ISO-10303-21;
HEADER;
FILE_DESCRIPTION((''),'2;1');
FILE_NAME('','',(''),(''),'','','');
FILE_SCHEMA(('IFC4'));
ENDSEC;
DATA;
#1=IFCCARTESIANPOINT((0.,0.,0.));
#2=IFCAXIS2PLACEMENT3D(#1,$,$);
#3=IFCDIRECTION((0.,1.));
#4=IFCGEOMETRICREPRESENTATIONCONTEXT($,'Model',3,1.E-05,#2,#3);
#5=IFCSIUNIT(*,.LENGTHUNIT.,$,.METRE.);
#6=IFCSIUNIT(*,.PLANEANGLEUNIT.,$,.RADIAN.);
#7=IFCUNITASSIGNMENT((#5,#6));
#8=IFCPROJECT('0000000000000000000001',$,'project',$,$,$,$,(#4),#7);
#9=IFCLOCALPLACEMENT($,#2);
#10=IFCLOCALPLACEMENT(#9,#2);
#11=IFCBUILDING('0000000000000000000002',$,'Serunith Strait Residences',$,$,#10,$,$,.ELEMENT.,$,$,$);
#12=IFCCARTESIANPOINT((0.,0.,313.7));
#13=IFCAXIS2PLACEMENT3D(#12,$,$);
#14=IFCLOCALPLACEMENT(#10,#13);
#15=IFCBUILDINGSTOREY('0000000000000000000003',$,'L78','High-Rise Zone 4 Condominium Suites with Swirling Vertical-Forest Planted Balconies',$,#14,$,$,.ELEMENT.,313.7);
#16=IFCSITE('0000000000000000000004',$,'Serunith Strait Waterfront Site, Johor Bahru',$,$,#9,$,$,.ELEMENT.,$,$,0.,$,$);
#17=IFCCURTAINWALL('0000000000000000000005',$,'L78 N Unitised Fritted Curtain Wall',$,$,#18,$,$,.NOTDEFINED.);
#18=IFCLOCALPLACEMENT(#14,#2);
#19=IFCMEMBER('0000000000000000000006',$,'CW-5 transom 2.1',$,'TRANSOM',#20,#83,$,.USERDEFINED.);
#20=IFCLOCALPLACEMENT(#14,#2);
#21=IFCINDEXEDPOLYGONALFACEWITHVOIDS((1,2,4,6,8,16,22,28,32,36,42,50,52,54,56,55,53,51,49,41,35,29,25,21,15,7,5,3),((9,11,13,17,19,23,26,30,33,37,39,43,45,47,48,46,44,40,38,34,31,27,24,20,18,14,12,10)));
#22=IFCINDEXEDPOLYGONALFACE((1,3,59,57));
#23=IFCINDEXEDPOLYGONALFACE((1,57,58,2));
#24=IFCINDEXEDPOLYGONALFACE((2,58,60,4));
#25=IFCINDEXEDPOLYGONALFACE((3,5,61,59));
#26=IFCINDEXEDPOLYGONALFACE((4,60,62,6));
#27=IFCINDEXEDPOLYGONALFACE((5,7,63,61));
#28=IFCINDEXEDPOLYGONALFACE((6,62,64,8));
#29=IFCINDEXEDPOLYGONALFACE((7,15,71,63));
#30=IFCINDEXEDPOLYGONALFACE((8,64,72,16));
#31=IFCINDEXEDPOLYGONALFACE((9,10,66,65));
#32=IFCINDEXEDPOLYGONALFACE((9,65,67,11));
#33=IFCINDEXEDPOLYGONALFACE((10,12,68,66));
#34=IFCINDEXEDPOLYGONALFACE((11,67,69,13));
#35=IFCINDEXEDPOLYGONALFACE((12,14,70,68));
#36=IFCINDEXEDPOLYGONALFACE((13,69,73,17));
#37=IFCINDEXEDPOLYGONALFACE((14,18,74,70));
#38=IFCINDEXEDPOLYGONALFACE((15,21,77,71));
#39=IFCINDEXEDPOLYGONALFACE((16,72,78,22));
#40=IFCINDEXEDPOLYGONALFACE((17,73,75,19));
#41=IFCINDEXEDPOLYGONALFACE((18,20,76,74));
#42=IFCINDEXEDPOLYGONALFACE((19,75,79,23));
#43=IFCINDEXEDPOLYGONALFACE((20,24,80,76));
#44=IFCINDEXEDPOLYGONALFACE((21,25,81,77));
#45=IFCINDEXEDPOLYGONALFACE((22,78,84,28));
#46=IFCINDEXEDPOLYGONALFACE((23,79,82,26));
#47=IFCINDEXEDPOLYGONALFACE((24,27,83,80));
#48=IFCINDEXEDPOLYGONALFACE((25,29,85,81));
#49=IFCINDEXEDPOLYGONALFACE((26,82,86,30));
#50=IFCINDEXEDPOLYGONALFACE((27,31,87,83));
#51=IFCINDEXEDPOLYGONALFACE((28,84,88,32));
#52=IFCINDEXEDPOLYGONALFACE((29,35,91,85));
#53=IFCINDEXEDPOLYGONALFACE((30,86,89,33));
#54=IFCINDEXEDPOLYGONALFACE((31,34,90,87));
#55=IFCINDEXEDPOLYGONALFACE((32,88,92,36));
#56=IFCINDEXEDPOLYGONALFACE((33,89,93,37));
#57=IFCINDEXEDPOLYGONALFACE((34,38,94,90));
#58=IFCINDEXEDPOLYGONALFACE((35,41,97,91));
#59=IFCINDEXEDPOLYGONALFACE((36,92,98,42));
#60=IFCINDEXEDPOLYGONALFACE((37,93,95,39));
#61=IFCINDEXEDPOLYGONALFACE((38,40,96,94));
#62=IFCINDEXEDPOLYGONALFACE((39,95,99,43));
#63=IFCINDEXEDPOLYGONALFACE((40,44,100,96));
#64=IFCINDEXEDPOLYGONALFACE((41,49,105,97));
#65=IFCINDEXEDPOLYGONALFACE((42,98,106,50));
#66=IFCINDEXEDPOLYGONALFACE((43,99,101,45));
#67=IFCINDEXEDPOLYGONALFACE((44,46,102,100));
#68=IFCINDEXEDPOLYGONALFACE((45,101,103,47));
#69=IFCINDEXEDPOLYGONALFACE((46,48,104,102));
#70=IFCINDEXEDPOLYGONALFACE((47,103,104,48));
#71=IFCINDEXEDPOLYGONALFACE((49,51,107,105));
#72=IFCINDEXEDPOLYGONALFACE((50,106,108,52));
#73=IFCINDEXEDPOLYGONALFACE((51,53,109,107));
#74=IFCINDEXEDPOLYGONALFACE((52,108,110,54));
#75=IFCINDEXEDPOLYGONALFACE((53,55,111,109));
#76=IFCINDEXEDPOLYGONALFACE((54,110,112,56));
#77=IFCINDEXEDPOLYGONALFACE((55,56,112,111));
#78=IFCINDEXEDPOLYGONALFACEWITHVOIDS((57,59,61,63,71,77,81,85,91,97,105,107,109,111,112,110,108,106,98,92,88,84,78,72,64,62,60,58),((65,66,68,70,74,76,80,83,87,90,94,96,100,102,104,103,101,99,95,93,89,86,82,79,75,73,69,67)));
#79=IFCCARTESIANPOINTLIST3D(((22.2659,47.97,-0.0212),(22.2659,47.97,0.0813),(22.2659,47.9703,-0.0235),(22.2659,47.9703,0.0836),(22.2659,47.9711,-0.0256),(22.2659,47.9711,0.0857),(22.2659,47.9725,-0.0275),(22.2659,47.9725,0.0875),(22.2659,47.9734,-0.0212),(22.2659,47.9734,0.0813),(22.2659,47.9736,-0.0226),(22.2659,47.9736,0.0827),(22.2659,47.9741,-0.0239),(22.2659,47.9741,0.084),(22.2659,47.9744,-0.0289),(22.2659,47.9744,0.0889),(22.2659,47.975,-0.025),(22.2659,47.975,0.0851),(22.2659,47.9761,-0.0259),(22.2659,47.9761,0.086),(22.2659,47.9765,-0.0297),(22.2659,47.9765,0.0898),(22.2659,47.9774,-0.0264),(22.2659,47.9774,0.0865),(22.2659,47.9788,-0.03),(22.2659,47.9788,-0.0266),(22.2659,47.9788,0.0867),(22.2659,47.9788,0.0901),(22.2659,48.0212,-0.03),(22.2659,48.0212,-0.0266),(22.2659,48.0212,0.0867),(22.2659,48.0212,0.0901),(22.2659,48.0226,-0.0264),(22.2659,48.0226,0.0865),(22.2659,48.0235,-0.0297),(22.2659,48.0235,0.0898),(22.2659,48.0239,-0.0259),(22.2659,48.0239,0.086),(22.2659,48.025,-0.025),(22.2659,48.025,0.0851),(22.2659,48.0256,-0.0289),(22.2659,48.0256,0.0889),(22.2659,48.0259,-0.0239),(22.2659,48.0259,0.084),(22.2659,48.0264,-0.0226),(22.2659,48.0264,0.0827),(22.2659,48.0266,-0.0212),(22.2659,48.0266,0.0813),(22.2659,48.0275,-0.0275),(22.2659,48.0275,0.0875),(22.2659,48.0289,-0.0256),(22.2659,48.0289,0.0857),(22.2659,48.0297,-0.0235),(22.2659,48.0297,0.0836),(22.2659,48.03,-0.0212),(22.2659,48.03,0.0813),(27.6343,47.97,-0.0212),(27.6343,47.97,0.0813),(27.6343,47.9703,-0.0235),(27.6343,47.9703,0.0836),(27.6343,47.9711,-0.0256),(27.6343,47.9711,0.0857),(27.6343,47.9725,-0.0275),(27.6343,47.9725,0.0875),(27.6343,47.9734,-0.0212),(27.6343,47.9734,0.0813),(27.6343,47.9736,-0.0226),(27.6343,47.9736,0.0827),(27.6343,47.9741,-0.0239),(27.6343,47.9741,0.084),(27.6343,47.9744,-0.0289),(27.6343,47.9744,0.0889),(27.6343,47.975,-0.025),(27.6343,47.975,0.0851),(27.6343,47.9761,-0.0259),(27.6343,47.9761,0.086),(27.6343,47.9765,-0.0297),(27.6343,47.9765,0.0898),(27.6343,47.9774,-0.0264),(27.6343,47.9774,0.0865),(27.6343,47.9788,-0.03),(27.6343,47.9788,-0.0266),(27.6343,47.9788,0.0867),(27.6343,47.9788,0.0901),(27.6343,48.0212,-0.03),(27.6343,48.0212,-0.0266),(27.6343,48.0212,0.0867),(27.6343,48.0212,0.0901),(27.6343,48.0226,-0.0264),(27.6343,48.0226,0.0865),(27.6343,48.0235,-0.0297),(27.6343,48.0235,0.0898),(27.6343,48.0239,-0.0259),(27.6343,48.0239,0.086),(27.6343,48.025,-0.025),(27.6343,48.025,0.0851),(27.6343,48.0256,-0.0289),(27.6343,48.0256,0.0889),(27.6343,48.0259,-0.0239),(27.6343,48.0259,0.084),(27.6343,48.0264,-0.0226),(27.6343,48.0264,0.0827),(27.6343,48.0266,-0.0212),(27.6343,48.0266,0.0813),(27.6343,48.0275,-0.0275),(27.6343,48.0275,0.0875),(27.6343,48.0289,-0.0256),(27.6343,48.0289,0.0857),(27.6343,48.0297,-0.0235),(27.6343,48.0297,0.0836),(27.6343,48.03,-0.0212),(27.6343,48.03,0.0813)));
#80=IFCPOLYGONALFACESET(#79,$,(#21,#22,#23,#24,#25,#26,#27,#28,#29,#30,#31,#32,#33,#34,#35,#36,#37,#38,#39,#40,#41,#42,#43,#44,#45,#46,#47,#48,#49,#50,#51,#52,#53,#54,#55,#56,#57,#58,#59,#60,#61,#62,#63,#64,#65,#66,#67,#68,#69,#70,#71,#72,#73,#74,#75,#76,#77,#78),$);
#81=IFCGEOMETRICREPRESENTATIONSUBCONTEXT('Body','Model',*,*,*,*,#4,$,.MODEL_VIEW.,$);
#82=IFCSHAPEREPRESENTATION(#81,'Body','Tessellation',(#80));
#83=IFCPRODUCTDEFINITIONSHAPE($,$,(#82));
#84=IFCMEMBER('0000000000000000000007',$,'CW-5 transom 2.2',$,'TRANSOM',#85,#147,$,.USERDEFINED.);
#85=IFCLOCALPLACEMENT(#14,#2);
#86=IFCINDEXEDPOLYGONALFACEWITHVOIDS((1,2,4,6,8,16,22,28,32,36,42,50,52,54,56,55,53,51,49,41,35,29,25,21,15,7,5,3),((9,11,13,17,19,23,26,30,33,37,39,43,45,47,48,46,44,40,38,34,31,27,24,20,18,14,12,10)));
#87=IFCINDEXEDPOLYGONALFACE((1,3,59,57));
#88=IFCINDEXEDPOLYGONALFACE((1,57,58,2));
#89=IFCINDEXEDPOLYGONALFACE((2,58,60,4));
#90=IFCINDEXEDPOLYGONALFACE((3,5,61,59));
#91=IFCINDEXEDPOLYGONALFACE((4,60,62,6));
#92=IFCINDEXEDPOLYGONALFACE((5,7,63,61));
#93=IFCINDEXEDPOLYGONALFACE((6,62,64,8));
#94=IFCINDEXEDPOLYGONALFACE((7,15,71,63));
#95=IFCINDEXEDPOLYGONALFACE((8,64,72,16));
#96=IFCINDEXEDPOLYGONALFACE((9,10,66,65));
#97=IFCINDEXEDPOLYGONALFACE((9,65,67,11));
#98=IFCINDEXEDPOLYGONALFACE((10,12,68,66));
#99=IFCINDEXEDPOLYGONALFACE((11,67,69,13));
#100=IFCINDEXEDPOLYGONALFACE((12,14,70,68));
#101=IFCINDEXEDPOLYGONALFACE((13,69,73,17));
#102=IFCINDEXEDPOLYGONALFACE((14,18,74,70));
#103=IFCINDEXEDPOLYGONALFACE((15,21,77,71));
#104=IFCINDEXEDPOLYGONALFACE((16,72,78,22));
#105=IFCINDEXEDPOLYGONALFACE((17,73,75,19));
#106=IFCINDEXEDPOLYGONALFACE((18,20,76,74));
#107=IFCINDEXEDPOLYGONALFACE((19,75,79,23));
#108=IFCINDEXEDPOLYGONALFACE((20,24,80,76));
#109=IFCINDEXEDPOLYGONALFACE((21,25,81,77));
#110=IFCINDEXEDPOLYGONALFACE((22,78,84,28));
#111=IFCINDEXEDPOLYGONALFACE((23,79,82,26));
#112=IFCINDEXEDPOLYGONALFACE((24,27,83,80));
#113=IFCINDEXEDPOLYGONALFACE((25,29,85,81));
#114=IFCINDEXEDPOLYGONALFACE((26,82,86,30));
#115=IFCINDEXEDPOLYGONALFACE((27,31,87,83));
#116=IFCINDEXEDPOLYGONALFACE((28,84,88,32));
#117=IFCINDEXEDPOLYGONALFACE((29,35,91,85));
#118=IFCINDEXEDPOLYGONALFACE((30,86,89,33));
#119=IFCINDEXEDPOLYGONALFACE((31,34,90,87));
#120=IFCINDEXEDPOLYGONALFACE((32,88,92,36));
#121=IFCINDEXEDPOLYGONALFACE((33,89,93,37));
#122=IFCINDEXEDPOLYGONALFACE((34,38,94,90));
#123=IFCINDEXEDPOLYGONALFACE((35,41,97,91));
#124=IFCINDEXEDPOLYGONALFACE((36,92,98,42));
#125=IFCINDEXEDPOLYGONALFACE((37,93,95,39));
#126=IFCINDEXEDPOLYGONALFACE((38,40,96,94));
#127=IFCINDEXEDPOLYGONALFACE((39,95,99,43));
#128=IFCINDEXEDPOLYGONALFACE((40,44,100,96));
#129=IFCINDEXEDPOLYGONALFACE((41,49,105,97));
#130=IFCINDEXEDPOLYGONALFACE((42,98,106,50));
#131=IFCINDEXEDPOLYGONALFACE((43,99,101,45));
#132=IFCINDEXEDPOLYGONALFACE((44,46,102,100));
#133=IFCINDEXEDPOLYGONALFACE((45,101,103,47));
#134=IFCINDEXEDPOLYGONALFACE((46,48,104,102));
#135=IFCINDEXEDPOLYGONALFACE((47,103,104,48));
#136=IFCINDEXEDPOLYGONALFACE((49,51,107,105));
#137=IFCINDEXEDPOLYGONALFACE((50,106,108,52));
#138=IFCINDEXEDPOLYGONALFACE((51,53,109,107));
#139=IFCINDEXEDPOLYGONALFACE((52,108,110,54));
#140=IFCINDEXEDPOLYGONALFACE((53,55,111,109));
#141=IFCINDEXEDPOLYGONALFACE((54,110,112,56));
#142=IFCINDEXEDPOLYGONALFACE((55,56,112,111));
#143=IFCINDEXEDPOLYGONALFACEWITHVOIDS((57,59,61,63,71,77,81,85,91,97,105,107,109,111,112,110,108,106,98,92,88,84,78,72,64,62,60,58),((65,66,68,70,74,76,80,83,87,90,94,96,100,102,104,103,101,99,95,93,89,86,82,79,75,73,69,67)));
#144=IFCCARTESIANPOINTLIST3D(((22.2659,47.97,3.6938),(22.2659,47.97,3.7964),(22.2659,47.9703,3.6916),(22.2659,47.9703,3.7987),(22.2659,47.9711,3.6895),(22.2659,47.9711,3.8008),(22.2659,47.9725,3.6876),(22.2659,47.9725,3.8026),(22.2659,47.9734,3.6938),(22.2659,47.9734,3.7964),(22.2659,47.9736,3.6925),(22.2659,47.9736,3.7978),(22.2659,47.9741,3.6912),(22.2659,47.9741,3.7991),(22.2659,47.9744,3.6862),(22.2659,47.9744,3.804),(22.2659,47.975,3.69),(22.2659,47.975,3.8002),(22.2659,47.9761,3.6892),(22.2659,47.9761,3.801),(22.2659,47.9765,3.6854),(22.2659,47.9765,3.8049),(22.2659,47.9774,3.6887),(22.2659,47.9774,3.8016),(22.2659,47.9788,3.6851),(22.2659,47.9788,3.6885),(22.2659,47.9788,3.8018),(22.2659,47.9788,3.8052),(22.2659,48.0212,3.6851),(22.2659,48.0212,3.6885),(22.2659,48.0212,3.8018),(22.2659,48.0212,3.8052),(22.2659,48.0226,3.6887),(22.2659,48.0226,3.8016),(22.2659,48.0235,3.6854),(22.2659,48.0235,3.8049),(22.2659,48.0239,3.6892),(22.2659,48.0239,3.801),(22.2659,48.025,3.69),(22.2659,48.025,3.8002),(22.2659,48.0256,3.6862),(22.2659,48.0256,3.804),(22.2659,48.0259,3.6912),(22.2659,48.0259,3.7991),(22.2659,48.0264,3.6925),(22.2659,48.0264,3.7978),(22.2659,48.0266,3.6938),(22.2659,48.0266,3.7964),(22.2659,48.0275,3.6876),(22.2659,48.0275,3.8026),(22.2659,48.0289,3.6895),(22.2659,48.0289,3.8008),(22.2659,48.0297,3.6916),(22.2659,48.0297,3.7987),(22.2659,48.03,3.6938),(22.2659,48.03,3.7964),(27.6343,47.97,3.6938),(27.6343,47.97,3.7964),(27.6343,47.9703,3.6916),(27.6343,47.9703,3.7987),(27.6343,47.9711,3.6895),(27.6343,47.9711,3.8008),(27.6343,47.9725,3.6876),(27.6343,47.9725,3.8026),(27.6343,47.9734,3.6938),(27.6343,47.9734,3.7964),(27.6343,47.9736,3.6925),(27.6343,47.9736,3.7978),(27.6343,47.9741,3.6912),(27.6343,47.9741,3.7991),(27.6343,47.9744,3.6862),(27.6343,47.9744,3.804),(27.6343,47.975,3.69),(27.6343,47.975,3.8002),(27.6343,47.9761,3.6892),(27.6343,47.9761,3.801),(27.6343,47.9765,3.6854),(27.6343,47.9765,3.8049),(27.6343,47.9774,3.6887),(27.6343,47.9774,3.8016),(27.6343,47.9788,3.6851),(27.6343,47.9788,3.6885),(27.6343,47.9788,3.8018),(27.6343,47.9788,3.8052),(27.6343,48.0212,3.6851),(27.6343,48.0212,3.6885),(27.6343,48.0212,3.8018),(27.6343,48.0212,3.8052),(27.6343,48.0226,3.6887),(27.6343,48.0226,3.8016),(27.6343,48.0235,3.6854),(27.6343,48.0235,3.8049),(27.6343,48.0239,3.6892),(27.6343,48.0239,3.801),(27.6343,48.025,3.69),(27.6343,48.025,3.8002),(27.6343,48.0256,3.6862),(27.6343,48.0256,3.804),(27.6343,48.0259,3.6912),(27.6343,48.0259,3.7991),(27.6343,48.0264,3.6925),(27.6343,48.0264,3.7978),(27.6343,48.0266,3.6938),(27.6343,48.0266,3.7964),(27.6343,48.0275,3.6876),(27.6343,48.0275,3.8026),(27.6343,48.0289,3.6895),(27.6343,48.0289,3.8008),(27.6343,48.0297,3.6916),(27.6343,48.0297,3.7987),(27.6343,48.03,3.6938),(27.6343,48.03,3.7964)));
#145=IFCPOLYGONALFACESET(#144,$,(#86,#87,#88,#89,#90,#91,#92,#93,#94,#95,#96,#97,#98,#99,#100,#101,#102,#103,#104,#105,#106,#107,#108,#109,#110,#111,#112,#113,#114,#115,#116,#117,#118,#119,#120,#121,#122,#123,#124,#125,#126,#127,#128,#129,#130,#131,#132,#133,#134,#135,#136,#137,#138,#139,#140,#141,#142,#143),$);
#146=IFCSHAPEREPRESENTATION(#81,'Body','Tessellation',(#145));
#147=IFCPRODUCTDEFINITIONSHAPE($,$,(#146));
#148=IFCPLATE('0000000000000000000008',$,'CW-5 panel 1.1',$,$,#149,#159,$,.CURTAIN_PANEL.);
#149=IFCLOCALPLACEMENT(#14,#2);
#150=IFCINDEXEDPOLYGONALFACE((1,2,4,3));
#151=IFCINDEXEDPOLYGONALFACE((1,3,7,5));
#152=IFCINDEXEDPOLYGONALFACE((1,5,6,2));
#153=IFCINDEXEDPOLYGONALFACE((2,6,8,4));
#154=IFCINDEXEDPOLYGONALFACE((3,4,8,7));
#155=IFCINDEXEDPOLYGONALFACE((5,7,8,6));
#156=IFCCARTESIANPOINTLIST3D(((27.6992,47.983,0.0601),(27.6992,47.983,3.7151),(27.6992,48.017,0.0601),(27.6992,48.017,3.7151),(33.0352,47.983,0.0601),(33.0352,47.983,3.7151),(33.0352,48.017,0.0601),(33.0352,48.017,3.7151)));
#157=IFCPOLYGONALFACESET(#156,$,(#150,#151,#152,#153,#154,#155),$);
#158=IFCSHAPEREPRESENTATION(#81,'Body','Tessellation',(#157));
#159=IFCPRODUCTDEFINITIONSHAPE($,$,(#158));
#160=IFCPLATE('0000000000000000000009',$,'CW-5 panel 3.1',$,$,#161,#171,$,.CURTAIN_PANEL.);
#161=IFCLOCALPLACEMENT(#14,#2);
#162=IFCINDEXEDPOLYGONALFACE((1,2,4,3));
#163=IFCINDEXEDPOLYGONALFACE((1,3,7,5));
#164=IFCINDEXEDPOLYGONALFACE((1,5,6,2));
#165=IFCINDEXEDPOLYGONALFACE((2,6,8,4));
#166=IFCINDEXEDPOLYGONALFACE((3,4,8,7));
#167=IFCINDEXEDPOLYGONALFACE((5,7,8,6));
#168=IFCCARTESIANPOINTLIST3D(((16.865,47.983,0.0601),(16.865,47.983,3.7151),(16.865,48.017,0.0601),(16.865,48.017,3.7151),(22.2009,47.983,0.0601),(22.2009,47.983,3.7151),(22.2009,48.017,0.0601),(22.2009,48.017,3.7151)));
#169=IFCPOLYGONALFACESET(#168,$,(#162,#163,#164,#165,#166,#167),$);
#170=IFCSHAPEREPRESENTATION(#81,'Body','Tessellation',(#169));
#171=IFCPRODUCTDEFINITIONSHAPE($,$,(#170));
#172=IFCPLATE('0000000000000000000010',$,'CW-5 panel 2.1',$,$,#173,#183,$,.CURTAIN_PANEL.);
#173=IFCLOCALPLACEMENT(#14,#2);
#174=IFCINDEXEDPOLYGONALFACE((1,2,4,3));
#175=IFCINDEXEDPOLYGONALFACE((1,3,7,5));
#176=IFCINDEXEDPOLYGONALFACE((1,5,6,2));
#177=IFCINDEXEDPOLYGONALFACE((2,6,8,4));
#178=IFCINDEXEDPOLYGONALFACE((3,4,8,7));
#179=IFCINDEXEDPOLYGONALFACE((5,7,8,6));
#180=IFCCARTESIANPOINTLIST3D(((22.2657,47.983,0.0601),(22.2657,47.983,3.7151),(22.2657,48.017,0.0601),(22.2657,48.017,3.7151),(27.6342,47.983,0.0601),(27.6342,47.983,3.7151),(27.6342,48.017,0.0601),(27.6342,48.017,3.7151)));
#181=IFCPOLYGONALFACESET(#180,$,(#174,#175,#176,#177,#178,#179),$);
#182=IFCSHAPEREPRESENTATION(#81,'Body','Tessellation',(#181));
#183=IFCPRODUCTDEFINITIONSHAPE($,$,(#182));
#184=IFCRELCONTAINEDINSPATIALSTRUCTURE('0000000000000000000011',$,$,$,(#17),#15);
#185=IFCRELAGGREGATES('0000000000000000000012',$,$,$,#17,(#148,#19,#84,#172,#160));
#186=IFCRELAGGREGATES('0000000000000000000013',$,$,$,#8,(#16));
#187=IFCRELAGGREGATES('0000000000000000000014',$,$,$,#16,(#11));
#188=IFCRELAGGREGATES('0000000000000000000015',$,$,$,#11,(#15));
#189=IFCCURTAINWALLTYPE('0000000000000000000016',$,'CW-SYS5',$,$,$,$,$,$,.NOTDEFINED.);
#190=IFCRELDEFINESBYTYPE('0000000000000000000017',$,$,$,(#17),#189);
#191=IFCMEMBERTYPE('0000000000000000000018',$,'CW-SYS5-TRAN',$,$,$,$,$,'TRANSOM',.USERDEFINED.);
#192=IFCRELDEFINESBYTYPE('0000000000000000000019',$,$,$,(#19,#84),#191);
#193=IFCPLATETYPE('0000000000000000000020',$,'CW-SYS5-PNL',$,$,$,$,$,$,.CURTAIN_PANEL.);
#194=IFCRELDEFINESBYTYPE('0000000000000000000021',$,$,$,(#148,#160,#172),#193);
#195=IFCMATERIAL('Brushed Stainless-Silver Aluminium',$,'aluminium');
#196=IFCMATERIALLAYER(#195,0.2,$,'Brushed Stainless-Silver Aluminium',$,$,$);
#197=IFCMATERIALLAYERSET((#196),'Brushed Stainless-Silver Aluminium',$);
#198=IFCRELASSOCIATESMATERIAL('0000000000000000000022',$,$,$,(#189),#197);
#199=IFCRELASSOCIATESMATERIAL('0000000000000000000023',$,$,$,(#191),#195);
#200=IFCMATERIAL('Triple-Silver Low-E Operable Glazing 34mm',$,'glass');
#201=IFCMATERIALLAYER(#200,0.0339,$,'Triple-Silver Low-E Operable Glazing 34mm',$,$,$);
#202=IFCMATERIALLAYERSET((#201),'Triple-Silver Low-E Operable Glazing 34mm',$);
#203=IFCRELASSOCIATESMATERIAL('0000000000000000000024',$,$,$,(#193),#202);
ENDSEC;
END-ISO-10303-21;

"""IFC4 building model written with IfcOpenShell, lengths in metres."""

from ifc_helpers import new_model, si_unit, direction, frame, origin, origin_2d, place, context, subcontext, project, spatial, rectangle, hollow_rectangle, extrude, source, transform, mapped, material, layer, layer_set, material_profile, profile_set, type_object, element, aggregate, save


model = new_model("IFC4")

# Units and contexts
model_context = context("Model", 3, precision=1e-05, world=origin(), true_north=direction((0.0, 1.0)))
body_context = subcontext(model_context, "Body", "Model", "MODEL_VIEW")
ifc_project = project(units=[si_unit("LENGTHUNIT", "METRE"), si_unit("PLANEANGLEUNIT", "RADIAN")], contexts=[model_context])

# Site, building, storey
site_placement = place(None, origin())
site = spatial("IfcSite", under=ifc_project, at=site_placement, Name="Serunith Strait Waterfront Site, Johor Bahru", CompositionType="ELEMENT", RefElevation=0.0)
building_placement = place(site_placement, origin())
building = spatial("IfcBuilding", under=site, at=building_placement, Name="Serunith Strait Residences", CompositionType="ELEMENT")
storey_placement = place(building_placement, frame((0.0, 0.0, 313.7)))
storey = spatial("IfcBuildingStorey", under=building, at=storey_placement, Name="L78", Description="High-Rise Zone 4 Condominium Suites with Swirling Vertical-Forest Planted Balconies", CompositionType="ELEMENT", Elevation=313.7)

# Curtain wall, members, plates
ifc_material_1 = material(Name="Brushed Stainless-Silver Aluminium", Category="aluminium")
ifc_layer_1 = layer(ifc_material_1, 0.2, Name="Brushed Stainless-Silver Aluminium")
ifc_layer_set_1 = layer_set([ifc_layer_1], Name="Brushed Stainless-Silver Aluminium")
curtain_wall_type = type_object("IfcCurtainWallType", Name="CW-SYS5", PredefinedType="NOTDEFINED", material=ifc_layer_set_1)
curtain_wall_placement = place(storey_placement, origin())
curtain_wall = element("IfcCurtainWall", 1, at=curtain_wall_placement, inside=storey, type_object=curtain_wall_type, Name="L78 N Unitised Fritted Curtain Wall", PredefinedType="NOTDEFINED")
ifc_material_profile_1 = material_profile(ifc_material_1, hollow_rectangle(XDim=0.0601, YDim=0.1201, WallThickness=0.0034, InnerFilletRadius=0.0054, OuterFilletRadius=0.0088, at=origin_2d()), Name="ALU 120x60x3.5")
ifc_profile_set_1 = profile_set([ifc_material_profile_1], Name="Brushed Stainless-Silver Aluminium")
member_type_1 = type_object("IfcMemberType", Name="CW-SYS5-TRAN", ElementType="TRANSOM", PredefinedType="USERDEFINED", material=ifc_profile_set_1)
shared_shape_1 = source(origin(), body_context, "Body", "SweptSolid", [
    extrude(hollow_rectangle(XDim=0.0601, YDim=0.1201, WallThickness=0.0034, InnerFilletRadius=0.0054, OuterFilletRadius=0.0088, at=origin_2d()), origin(), (0.0, 0.0, 1.0), 5.3684),
])
member_1_placement = place(storey_placement, frame((27.6343, 48.0, 0.03), z_axis=(-1.0, 0.0, 0.0), x_axis=(0.0, -1.0, 0.0)))
member_1 = element("IfcMember", 2, at=member_1_placement, type_object=member_type_1, Name="CW-5 transom 2.1", ObjectType="TRANSOM", PredefinedType="USERDEFINED", context=body_context, shape_type="MappedRepresentation", body=[
    mapped(shared_shape_1, transform((0.0, 0.0, 0.0), scale=1.0)),
])
member_2_placement = place(storey_placement, frame((27.6343, 48.0, 3.7451), z_axis=(-1.0, 0.0, 0.0), x_axis=(0.0, -1.0, 0.0)))
member_2 = element("IfcMember", 3, at=member_2_placement, type_object=member_type_1, Name="CW-5 transom 2.2", ObjectType="TRANSOM", PredefinedType="USERDEFINED", context=body_context, shape_type="MappedRepresentation", body=[
    mapped(shared_shape_1, transform((0.0, 0.0, 0.0), scale=1.0)),
])
ifc_material_2 = material(Name="Triple-Silver Low-E Operable Glazing 34mm", Category="glass")
ifc_layer_2 = layer(ifc_material_2, 0.0339, Name="Triple-Silver Low-E Operable Glazing 34mm")
ifc_layer_set_2 = layer_set([ifc_layer_2], Name="Triple-Silver Low-E Operable Glazing 34mm")
plate_type = type_object("IfcPlateType", Name="CW-SYS5-PNL", PredefinedType="CURTAIN_PANEL", material=ifc_layer_set_2)
shared_shape_2 = source(origin(), body_context, "Body", "SweptSolid", [
    extrude(rectangle(XDim=5.3359, YDim=0.0339, at=origin_2d()), origin(), (0.0, 0.0, 1.0), 3.655),
])
plate_1_placement = place(storey_placement, frame((30.3672, 48.0, 0.0601), z_axis=(0.0, 0.0, 1.0), x_axis=(-1.0, 0.0, 0.0)))
plate_1 = element("IfcPlate", 4, at=plate_1_placement, type_object=plate_type, Name="CW-5 panel 1.1", PredefinedType="CURTAIN_PANEL", context=body_context, shape_type="MappedRepresentation", body=[
    mapped(shared_shape_2, transform((0.0, 0.0, 0.0), scale=1.0)),
])
plate_2_placement = place(storey_placement, frame((19.533, 48.0, 0.0601), z_axis=(0.0, 0.0, 1.0), x_axis=(-1.0, 0.0, 0.0)))
plate_2 = element("IfcPlate", 5, at=plate_2_placement, type_object=plate_type, Name="CW-5 panel 3.1", PredefinedType="CURTAIN_PANEL", context=body_context, shape_type="MappedRepresentation", body=[
    mapped(shared_shape_2, transform((0.0, 0.0, 0.0), scale=1.0)),
])
shared_shape_3 = source(origin(), body_context, "Body", "SweptSolid", [
    extrude(rectangle(XDim=5.3684, YDim=0.0339, at=origin_2d()), origin(), (0.0, 0.0, 1.0), 3.655),
])
plate_3_placement = place(storey_placement, frame((24.95, 48.0, 0.0601), z_axis=(0.0, 0.0, 1.0), x_axis=(-1.0, 0.0, 0.0)))
plate_3 = element("IfcPlate", 6, at=plate_3_placement, type_object=plate_type, Name="CW-5 panel 2.1", PredefinedType="CURTAIN_PANEL", context=body_context, shape_type="MappedRepresentation", body=[
    mapped(shared_shape_3, transform((0.0, 0.0, 0.0), scale=1.0)),
])
aggregate(curtain_wall, [plate_1, member_1, member_2, plate_3, plate_2])

save(model, "model.ifc")
